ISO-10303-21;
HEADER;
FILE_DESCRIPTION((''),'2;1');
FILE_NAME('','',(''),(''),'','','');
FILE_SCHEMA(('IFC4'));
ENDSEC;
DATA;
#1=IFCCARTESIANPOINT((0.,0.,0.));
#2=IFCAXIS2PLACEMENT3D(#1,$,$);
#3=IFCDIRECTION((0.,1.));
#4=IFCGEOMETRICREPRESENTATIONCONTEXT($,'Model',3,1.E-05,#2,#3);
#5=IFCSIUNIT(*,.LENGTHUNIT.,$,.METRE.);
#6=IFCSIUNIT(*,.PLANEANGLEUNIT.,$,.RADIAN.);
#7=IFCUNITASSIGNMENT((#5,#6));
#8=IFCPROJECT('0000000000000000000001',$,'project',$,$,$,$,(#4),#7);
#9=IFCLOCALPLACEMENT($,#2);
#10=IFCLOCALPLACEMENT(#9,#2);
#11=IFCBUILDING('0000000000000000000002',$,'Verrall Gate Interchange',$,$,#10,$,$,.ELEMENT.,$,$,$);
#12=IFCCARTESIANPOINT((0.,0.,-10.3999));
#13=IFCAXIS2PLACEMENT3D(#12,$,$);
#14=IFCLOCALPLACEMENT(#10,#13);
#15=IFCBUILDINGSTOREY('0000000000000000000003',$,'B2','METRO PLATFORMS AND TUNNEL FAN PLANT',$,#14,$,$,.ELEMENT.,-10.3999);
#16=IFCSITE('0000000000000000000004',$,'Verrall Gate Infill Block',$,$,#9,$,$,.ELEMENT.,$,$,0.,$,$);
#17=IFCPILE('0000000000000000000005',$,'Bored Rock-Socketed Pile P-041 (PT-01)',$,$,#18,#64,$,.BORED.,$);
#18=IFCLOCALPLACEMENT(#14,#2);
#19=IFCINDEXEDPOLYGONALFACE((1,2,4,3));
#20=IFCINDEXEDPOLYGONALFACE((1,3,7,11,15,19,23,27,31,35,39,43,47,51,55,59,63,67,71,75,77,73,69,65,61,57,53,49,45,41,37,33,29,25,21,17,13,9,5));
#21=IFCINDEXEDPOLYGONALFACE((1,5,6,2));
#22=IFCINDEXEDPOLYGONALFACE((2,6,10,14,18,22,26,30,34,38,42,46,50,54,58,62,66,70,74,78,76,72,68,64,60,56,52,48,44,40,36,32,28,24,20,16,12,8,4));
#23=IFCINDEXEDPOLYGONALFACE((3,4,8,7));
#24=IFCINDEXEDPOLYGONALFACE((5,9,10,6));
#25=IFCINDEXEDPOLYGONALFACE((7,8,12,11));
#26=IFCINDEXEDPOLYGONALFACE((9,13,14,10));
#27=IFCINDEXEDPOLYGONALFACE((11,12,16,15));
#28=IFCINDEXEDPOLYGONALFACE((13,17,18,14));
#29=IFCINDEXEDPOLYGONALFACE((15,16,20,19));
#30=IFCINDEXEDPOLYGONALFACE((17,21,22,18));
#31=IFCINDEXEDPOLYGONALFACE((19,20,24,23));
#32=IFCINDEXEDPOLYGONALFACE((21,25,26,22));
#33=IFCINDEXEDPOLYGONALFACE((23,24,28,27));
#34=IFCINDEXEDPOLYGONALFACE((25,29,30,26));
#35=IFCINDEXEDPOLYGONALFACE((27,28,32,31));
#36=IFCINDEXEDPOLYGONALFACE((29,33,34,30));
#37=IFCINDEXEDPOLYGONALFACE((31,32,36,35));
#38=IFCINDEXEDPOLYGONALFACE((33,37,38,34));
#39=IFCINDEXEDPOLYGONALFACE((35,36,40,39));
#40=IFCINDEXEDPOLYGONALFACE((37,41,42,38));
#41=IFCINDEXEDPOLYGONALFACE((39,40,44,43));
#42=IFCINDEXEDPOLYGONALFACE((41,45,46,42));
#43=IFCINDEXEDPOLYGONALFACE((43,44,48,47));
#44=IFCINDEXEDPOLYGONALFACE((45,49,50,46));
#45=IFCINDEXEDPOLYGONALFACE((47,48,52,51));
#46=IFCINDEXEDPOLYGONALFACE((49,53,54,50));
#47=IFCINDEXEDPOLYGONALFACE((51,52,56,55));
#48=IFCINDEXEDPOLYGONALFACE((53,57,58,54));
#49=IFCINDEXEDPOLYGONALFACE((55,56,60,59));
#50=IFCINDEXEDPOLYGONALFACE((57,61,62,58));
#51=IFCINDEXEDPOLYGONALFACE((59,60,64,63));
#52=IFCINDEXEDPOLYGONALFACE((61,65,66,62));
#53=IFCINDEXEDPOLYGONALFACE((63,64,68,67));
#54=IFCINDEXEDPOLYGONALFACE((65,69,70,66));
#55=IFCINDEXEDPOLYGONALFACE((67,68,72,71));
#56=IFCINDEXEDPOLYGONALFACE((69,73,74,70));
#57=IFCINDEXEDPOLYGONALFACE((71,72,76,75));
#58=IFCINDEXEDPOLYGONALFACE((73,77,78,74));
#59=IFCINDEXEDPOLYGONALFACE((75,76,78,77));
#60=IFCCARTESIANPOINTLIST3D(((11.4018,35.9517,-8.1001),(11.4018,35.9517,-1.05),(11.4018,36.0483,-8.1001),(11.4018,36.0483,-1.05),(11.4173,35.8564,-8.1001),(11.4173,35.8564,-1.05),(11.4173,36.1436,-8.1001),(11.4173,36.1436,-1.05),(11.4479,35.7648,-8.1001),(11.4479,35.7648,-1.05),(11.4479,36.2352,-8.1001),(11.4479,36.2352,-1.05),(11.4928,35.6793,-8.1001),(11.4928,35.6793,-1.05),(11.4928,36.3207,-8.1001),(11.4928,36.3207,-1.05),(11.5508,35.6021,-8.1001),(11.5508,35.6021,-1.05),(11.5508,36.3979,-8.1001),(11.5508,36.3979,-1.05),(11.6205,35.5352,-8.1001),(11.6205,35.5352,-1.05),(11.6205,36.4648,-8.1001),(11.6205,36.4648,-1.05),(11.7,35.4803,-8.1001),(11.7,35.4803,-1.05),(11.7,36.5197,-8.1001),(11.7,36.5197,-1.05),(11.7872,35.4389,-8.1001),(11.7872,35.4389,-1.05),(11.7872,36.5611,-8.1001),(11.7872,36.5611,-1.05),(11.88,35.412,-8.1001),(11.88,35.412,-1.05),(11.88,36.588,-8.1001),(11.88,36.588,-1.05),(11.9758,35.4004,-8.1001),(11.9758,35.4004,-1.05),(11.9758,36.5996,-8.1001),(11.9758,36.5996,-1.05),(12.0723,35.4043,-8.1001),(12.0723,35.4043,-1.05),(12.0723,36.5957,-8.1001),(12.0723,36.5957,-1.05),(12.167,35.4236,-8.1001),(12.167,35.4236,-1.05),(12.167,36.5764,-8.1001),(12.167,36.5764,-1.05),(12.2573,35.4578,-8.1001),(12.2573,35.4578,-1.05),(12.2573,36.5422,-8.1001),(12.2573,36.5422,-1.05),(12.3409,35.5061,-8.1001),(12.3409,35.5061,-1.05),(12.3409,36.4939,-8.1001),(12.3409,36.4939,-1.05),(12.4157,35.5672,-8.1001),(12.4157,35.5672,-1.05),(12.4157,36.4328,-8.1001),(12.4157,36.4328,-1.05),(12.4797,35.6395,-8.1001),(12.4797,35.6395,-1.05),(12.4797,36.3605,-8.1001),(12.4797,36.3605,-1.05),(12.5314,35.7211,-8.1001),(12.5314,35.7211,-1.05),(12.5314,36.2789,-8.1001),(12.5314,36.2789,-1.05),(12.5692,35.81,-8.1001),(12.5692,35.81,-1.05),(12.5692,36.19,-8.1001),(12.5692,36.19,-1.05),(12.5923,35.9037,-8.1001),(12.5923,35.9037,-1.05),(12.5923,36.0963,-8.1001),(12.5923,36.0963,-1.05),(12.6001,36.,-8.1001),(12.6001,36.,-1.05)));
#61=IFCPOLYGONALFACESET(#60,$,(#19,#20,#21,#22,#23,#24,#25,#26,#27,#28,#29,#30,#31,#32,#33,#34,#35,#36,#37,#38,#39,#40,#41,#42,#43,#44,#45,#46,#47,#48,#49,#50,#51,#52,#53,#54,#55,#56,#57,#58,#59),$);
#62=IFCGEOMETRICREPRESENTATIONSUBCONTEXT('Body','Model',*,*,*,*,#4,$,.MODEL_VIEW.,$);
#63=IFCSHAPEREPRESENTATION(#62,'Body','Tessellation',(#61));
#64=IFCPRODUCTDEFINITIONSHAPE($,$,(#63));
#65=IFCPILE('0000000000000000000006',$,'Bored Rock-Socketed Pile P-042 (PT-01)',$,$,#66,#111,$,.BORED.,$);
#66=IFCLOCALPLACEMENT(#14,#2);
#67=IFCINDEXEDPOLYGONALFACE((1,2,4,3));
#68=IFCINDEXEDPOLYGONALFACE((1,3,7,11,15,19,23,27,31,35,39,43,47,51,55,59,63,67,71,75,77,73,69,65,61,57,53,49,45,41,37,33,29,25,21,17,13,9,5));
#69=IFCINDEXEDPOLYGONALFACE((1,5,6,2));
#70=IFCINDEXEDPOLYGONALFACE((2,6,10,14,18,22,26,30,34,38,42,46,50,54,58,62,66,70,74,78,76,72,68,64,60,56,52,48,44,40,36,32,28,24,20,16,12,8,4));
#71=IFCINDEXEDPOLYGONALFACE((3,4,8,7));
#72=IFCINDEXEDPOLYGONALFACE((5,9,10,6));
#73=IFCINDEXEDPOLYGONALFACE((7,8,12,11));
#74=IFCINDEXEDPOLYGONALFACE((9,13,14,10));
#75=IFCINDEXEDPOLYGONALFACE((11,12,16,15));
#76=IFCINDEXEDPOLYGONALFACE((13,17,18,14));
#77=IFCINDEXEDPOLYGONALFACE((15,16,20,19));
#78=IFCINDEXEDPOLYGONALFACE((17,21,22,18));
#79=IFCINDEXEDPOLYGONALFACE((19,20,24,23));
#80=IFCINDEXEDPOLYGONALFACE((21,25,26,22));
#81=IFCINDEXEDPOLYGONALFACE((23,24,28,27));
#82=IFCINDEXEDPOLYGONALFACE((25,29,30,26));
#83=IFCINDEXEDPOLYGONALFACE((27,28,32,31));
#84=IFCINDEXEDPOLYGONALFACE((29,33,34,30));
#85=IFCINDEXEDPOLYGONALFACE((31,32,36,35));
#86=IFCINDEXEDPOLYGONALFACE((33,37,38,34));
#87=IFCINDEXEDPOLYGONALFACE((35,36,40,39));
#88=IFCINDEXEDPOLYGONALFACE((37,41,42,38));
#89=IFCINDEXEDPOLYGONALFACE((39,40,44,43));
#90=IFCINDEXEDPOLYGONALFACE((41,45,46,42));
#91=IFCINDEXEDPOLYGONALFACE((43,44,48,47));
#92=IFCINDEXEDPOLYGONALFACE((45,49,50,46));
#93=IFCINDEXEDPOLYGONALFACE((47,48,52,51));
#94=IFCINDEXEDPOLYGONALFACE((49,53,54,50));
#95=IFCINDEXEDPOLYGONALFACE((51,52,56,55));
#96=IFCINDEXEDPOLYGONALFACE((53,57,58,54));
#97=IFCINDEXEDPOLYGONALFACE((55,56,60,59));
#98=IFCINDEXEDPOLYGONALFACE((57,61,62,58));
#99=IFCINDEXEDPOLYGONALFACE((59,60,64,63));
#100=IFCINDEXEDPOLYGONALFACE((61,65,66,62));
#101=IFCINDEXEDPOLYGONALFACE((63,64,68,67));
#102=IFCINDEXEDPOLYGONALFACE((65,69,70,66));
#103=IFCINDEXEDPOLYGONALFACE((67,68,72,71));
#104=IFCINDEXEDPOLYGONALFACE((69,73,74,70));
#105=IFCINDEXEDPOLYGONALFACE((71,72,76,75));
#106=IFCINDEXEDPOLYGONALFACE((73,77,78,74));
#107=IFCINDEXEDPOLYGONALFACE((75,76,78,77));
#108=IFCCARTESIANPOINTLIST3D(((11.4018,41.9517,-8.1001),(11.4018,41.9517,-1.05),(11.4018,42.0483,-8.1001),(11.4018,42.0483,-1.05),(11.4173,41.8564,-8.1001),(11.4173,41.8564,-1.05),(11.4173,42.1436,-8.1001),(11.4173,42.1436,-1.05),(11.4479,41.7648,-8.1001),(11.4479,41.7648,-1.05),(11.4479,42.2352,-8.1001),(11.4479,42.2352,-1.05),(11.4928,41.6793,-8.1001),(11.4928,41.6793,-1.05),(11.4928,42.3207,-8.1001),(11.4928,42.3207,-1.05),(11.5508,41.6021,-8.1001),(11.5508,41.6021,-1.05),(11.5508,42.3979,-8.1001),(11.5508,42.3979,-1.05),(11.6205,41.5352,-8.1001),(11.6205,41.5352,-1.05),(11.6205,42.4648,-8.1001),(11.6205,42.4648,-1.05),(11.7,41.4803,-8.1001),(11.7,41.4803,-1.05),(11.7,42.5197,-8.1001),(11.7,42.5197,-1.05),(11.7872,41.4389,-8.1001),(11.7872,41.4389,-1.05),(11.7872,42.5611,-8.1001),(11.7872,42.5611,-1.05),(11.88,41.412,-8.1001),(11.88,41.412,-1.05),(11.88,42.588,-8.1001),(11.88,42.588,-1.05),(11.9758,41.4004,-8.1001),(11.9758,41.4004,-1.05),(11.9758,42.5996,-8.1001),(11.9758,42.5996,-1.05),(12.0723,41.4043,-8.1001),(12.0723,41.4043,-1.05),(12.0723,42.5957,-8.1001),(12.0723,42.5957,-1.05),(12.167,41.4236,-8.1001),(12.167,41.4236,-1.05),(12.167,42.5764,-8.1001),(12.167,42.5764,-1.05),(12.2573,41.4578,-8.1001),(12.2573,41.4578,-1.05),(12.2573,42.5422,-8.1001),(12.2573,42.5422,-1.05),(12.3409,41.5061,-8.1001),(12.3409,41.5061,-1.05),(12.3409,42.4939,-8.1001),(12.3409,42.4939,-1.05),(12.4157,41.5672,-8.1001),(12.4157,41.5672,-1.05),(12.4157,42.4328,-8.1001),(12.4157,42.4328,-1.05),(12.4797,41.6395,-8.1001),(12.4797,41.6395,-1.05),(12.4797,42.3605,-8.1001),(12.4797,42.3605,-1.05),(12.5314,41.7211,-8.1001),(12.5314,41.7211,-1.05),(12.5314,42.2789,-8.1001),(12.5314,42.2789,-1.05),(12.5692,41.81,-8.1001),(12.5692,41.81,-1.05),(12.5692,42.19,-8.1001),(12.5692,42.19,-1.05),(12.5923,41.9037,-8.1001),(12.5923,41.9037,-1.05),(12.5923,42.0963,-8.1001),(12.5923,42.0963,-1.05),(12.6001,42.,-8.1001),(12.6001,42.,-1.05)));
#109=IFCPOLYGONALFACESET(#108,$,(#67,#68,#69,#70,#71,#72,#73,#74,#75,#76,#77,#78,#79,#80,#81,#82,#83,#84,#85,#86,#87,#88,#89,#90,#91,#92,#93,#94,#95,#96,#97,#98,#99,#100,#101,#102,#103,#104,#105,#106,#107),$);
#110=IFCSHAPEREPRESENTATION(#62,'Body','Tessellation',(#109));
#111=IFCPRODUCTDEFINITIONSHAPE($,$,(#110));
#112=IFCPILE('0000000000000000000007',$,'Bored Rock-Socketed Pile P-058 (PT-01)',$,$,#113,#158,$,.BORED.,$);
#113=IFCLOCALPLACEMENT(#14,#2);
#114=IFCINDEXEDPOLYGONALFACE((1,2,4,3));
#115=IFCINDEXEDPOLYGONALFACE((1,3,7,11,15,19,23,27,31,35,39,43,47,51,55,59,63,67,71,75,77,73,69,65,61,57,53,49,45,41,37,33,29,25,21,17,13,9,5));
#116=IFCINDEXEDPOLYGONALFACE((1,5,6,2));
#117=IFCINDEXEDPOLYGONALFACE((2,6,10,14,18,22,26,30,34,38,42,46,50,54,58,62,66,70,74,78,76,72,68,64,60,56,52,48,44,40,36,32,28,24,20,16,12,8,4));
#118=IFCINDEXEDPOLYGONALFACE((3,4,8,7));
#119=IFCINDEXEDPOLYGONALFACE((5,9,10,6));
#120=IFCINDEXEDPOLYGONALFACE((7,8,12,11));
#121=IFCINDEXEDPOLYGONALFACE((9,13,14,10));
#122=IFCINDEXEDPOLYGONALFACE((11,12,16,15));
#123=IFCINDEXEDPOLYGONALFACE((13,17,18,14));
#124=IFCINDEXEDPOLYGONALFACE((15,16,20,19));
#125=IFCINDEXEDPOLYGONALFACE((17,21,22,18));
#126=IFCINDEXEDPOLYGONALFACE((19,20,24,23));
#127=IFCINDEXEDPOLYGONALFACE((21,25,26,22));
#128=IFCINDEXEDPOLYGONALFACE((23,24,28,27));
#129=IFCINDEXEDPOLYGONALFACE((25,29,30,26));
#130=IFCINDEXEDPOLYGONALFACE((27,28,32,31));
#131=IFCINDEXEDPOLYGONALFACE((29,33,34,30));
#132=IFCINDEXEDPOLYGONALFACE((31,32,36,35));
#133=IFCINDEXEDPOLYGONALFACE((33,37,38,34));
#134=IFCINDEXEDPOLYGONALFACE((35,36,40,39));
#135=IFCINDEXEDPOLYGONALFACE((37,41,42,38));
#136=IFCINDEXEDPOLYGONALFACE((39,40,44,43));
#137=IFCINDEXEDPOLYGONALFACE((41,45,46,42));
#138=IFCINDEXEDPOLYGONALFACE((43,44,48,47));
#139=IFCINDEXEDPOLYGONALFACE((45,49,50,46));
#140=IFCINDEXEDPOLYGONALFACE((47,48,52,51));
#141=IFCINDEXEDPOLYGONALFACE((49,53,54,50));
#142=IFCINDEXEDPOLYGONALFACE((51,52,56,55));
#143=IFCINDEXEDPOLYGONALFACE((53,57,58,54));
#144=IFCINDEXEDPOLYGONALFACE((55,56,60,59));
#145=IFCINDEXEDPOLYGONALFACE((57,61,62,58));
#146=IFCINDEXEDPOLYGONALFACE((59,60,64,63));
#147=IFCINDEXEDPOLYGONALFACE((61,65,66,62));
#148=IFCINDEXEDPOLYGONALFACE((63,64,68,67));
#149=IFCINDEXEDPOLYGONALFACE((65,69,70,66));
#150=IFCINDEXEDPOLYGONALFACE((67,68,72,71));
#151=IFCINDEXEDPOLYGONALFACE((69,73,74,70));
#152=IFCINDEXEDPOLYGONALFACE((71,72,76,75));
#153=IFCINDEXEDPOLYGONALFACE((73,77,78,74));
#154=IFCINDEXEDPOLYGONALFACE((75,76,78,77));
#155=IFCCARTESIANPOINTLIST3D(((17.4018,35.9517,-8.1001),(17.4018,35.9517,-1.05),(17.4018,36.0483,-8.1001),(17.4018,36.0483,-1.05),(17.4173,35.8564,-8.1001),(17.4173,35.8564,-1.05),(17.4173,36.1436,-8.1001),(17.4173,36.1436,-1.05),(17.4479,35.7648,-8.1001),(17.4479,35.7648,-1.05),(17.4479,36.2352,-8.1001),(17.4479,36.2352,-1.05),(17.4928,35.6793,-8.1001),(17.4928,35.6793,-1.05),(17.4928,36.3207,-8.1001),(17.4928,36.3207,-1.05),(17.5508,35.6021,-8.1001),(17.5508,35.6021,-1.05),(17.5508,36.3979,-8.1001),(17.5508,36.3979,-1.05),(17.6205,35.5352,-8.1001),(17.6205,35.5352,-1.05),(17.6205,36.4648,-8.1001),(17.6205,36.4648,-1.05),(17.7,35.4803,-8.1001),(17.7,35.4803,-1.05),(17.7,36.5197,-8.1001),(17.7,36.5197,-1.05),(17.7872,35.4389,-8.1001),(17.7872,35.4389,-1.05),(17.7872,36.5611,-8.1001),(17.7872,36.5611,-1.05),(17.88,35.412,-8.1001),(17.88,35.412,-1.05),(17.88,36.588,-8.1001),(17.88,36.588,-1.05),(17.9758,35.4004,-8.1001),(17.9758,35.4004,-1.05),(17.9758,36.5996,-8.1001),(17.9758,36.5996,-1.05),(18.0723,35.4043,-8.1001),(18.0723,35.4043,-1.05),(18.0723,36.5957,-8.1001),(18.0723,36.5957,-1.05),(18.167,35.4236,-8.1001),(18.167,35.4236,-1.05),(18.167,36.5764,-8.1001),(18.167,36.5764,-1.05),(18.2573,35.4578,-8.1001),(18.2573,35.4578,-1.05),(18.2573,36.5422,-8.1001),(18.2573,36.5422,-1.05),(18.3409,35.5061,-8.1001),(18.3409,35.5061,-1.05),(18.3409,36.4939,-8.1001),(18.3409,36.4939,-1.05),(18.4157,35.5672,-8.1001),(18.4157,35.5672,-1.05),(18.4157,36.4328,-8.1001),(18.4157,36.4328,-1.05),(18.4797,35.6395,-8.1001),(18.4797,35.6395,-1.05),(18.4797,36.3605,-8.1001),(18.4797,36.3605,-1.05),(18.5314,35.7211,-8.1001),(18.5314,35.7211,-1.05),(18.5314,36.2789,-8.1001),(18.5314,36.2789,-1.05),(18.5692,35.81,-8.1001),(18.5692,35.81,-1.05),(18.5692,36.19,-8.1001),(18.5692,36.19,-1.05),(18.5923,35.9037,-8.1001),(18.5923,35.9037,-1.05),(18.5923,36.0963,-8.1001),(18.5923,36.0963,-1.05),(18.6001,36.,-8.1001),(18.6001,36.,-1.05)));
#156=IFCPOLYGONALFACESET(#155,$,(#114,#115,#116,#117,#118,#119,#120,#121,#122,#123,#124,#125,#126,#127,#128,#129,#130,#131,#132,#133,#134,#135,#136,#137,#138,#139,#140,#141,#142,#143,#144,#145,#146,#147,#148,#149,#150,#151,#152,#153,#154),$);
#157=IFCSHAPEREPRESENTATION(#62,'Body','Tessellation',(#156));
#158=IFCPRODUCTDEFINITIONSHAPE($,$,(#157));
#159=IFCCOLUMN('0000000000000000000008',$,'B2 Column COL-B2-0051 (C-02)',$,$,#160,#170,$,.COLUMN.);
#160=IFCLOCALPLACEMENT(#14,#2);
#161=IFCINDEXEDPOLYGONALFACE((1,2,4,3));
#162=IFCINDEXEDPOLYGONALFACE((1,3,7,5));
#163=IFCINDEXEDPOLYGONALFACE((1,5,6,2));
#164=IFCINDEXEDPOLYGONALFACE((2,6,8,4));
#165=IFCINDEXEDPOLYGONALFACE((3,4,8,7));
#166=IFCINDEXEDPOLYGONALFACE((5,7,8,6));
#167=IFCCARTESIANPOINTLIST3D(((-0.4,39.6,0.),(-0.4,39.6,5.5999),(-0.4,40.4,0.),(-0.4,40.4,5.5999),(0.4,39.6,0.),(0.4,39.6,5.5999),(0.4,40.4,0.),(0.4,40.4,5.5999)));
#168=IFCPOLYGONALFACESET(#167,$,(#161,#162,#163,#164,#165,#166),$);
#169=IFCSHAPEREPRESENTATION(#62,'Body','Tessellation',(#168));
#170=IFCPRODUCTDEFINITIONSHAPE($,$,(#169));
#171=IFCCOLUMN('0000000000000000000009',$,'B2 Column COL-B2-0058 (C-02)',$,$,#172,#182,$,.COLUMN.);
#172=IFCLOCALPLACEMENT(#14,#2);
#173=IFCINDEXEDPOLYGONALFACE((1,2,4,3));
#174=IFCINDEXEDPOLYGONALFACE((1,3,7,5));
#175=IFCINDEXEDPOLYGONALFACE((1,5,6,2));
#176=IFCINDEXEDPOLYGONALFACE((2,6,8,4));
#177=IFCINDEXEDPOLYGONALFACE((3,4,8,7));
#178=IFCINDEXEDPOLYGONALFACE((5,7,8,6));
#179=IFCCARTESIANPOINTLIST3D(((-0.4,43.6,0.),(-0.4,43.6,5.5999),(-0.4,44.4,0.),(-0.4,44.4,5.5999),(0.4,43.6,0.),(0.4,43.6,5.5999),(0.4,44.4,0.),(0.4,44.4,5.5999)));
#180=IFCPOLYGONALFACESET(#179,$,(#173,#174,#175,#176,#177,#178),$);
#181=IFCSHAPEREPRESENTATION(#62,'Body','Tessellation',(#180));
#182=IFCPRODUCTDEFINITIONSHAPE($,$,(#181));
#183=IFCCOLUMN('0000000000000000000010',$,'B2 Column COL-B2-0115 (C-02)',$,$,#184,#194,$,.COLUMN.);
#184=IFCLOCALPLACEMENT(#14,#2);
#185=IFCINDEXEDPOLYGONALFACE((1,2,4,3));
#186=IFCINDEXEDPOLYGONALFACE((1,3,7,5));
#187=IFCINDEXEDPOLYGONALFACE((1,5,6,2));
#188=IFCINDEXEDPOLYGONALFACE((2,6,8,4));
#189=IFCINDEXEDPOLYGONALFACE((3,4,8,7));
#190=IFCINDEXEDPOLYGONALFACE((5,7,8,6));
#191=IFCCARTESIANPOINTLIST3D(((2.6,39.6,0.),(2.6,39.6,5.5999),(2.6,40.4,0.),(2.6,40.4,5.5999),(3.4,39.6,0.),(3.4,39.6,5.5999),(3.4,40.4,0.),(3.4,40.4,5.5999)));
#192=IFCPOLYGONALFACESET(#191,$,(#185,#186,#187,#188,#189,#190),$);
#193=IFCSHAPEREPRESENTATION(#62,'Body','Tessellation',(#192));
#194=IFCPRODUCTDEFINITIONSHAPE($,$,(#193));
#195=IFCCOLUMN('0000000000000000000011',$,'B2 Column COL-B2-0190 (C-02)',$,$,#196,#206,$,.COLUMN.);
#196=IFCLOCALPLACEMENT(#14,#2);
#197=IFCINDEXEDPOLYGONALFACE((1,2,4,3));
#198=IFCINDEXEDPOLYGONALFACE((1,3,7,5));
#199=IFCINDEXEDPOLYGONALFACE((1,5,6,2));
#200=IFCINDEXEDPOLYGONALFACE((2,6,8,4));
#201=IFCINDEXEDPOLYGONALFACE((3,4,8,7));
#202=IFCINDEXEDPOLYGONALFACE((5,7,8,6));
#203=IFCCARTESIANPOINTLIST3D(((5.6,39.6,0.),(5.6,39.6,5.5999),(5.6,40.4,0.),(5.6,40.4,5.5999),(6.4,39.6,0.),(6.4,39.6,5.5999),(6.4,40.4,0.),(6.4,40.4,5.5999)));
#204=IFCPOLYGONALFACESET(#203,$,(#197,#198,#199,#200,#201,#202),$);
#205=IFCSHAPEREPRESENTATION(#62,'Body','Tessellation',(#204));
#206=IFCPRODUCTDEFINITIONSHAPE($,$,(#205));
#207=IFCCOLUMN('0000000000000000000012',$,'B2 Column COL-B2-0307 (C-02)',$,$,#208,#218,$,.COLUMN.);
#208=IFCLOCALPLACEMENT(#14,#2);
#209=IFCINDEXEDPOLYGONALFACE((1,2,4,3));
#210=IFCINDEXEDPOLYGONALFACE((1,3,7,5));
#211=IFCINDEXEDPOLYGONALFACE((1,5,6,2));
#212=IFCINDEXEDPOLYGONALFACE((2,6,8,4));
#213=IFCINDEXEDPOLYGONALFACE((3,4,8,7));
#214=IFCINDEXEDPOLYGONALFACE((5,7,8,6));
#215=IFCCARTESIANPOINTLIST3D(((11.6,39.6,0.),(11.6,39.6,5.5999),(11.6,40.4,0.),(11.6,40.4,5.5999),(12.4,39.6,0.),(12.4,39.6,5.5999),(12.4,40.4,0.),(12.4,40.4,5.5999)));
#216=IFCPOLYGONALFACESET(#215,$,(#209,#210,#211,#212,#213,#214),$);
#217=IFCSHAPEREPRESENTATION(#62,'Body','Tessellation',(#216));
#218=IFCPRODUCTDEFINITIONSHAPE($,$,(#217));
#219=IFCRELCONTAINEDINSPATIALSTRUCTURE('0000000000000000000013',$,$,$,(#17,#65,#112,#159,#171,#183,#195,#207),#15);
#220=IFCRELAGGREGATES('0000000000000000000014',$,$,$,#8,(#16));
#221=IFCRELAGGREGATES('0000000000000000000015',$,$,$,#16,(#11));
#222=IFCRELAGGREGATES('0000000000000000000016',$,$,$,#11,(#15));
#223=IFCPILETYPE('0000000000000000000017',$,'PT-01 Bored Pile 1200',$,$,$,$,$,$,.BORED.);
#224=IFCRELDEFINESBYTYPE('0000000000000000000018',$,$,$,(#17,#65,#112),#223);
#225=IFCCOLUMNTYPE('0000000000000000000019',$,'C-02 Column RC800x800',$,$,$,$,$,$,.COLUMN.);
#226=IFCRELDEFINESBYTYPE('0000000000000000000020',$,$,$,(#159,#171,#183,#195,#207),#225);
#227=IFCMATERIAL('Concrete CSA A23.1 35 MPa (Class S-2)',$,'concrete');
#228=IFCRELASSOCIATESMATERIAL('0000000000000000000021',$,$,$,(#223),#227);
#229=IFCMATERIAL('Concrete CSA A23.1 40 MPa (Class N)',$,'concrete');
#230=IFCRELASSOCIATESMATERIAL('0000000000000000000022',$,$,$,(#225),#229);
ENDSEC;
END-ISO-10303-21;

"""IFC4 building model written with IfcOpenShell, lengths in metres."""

from ifc_helpers import new_model, si_unit, direction, frame, origin, origin_2d, place, context, subcontext, project, spatial, rectangle, circle, extrude, material, material_profile, profile_set, type_object, element, save


model = new_model("IFC4")

# Units and contexts
model_context = context("Model", 3, precision=1e-05, world=origin(), true_north=direction((0.0, 1.0)))
body_context = subcontext(model_context, "Body", "Model", "MODEL_VIEW")
ifc_project = project(units=[si_unit("LENGTHUNIT", "METRE"), si_unit("PLANEANGLEUNIT", "RADIAN")], contexts=[model_context])

# Site, building, storey
site_placement = place(None, origin())
site = spatial("IfcSite", under=ifc_project, at=site_placement, Name="Verrall Gate Infill Block", CompositionType="ELEMENT", RefElevation=0.0)
building_placement = place(site_placement, origin())
building = spatial("IfcBuilding", under=site, at=building_placement, Name="Verrall Gate Interchange", CompositionType="ELEMENT")
storey_placement = place(building_placement, frame((0.0, 0.0, -10.3999)))
storey = spatial("IfcBuildingStorey", under=building, at=storey_placement, Name="B2", Description="METRO PLATFORMS AND TUNNEL FAN PLANT", CompositionType="ELEMENT", Elevation=-10.3999)

# Piles
ifc_material_1 = material(Name="Concrete CSA A23.1 35 MPa (Class S-2)", Category="concrete")
ifc_material_profile_1 = material_profile(ifc_material_1, circle(Radius=0.6001, at=origin_2d()), Name="PILE1200D")
ifc_profile_set_1 = profile_set([ifc_material_profile_1], Name="Concrete CSA A23.1 35 MPa (Class S-2)")
pile_type = type_object("IfcPileType", Name="PT-01 Bored Pile 1200", PredefinedType="BORED", material=ifc_profile_set_1)
for number, where, z_axis, x_axis, name in (
    (1, (12.0, 36.0, -1.05), (0.0, 0.0, -1.0), (1.0, 0.0, 0.0), "Bored Rock-Socketed Pile P-041 (PT-01)"),
    (2, (12.0, 42.0, -1.05), (0.0, 0.0, -1.0), (1.0, 0.0, 0.0), "Bored Rock-Socketed Pile P-042 (PT-01)"),
    (3, (18.0, 36.0, -1.05), (0.0, 0.0, -1.0), (1.0, 0.0, 0.0), "Bored Rock-Socketed Pile P-058 (PT-01)"),
):
    element("IfcPile", number, at=place(storey_placement, frame(where, z_axis=z_axis, x_axis=x_axis)), inside=storey, type_object=pile_type, Name=name, PredefinedType="BORED", context=body_context, shape_type="SweptSolid", body=[
        extrude(circle(Radius=0.6001, at=origin_2d()), origin(), (0.0, 0.0, 1.0), 7.05),
    ])

# Columns
ifc_material_2 = material(Name="Concrete CSA A23.1 40 MPa (Class N)", Category="concrete")
ifc_material_profile_2 = material_profile(ifc_material_2, rectangle(XDim=0.8, YDim=0.8, at=origin_2d()), Name="RC800x800")
ifc_profile_set_2 = profile_set([ifc_material_profile_2], Name="Concrete CSA A23.1 40 MPa (Class N)")
column_type = type_object("IfcColumnType", Name="C-02 Column RC800x800", PredefinedType="COLUMN", material=ifc_profile_set_2)
for number, where, z_axis, x_axis, name in (
    (4, (0.0, 40.0, 0.0), (0.0, 0.0, 1.0), (1.0, 0.0, 0.0), "B2 Column COL-B2-0051 (C-02)"),
    (5, (0.0, 44.0, 0.0), (0.0, 0.0, 1.0), (1.0, 0.0, 0.0), "B2 Column COL-B2-0058 (C-02)"),
    (6, (3.0, 40.0, 0.0), (0.0, 0.0, 1.0), (1.0, 0.0, 0.0), "B2 Column COL-B2-0115 (C-02)"),
    (7, (6.0, 40.0, 0.0), (0.0, 0.0, 1.0), (1.0, 0.0, 0.0), "B2 Column COL-B2-0190 (C-02)"),
    (8, (12.0, 40.0, 0.0), (0.0, 0.0, 1.0), (1.0, 0.0, 0.0), "B2 Column COL-B2-0307 (C-02)"),
):
    element("IfcColumn", number, at=place(storey_placement, frame(where, z_axis=z_axis, x_axis=x_axis)), inside=storey, type_object=column_type, Name=name, PredefinedType="COLUMN", context=body_context, shape_type="SweptSolid", body=[
        extrude(rectangle(XDim=0.8, YDim=0.8, at=origin_2d()), origin(), (0.0, 0.0, 1.0), 5.5999),
    ])

save(model, "model.ifc")
